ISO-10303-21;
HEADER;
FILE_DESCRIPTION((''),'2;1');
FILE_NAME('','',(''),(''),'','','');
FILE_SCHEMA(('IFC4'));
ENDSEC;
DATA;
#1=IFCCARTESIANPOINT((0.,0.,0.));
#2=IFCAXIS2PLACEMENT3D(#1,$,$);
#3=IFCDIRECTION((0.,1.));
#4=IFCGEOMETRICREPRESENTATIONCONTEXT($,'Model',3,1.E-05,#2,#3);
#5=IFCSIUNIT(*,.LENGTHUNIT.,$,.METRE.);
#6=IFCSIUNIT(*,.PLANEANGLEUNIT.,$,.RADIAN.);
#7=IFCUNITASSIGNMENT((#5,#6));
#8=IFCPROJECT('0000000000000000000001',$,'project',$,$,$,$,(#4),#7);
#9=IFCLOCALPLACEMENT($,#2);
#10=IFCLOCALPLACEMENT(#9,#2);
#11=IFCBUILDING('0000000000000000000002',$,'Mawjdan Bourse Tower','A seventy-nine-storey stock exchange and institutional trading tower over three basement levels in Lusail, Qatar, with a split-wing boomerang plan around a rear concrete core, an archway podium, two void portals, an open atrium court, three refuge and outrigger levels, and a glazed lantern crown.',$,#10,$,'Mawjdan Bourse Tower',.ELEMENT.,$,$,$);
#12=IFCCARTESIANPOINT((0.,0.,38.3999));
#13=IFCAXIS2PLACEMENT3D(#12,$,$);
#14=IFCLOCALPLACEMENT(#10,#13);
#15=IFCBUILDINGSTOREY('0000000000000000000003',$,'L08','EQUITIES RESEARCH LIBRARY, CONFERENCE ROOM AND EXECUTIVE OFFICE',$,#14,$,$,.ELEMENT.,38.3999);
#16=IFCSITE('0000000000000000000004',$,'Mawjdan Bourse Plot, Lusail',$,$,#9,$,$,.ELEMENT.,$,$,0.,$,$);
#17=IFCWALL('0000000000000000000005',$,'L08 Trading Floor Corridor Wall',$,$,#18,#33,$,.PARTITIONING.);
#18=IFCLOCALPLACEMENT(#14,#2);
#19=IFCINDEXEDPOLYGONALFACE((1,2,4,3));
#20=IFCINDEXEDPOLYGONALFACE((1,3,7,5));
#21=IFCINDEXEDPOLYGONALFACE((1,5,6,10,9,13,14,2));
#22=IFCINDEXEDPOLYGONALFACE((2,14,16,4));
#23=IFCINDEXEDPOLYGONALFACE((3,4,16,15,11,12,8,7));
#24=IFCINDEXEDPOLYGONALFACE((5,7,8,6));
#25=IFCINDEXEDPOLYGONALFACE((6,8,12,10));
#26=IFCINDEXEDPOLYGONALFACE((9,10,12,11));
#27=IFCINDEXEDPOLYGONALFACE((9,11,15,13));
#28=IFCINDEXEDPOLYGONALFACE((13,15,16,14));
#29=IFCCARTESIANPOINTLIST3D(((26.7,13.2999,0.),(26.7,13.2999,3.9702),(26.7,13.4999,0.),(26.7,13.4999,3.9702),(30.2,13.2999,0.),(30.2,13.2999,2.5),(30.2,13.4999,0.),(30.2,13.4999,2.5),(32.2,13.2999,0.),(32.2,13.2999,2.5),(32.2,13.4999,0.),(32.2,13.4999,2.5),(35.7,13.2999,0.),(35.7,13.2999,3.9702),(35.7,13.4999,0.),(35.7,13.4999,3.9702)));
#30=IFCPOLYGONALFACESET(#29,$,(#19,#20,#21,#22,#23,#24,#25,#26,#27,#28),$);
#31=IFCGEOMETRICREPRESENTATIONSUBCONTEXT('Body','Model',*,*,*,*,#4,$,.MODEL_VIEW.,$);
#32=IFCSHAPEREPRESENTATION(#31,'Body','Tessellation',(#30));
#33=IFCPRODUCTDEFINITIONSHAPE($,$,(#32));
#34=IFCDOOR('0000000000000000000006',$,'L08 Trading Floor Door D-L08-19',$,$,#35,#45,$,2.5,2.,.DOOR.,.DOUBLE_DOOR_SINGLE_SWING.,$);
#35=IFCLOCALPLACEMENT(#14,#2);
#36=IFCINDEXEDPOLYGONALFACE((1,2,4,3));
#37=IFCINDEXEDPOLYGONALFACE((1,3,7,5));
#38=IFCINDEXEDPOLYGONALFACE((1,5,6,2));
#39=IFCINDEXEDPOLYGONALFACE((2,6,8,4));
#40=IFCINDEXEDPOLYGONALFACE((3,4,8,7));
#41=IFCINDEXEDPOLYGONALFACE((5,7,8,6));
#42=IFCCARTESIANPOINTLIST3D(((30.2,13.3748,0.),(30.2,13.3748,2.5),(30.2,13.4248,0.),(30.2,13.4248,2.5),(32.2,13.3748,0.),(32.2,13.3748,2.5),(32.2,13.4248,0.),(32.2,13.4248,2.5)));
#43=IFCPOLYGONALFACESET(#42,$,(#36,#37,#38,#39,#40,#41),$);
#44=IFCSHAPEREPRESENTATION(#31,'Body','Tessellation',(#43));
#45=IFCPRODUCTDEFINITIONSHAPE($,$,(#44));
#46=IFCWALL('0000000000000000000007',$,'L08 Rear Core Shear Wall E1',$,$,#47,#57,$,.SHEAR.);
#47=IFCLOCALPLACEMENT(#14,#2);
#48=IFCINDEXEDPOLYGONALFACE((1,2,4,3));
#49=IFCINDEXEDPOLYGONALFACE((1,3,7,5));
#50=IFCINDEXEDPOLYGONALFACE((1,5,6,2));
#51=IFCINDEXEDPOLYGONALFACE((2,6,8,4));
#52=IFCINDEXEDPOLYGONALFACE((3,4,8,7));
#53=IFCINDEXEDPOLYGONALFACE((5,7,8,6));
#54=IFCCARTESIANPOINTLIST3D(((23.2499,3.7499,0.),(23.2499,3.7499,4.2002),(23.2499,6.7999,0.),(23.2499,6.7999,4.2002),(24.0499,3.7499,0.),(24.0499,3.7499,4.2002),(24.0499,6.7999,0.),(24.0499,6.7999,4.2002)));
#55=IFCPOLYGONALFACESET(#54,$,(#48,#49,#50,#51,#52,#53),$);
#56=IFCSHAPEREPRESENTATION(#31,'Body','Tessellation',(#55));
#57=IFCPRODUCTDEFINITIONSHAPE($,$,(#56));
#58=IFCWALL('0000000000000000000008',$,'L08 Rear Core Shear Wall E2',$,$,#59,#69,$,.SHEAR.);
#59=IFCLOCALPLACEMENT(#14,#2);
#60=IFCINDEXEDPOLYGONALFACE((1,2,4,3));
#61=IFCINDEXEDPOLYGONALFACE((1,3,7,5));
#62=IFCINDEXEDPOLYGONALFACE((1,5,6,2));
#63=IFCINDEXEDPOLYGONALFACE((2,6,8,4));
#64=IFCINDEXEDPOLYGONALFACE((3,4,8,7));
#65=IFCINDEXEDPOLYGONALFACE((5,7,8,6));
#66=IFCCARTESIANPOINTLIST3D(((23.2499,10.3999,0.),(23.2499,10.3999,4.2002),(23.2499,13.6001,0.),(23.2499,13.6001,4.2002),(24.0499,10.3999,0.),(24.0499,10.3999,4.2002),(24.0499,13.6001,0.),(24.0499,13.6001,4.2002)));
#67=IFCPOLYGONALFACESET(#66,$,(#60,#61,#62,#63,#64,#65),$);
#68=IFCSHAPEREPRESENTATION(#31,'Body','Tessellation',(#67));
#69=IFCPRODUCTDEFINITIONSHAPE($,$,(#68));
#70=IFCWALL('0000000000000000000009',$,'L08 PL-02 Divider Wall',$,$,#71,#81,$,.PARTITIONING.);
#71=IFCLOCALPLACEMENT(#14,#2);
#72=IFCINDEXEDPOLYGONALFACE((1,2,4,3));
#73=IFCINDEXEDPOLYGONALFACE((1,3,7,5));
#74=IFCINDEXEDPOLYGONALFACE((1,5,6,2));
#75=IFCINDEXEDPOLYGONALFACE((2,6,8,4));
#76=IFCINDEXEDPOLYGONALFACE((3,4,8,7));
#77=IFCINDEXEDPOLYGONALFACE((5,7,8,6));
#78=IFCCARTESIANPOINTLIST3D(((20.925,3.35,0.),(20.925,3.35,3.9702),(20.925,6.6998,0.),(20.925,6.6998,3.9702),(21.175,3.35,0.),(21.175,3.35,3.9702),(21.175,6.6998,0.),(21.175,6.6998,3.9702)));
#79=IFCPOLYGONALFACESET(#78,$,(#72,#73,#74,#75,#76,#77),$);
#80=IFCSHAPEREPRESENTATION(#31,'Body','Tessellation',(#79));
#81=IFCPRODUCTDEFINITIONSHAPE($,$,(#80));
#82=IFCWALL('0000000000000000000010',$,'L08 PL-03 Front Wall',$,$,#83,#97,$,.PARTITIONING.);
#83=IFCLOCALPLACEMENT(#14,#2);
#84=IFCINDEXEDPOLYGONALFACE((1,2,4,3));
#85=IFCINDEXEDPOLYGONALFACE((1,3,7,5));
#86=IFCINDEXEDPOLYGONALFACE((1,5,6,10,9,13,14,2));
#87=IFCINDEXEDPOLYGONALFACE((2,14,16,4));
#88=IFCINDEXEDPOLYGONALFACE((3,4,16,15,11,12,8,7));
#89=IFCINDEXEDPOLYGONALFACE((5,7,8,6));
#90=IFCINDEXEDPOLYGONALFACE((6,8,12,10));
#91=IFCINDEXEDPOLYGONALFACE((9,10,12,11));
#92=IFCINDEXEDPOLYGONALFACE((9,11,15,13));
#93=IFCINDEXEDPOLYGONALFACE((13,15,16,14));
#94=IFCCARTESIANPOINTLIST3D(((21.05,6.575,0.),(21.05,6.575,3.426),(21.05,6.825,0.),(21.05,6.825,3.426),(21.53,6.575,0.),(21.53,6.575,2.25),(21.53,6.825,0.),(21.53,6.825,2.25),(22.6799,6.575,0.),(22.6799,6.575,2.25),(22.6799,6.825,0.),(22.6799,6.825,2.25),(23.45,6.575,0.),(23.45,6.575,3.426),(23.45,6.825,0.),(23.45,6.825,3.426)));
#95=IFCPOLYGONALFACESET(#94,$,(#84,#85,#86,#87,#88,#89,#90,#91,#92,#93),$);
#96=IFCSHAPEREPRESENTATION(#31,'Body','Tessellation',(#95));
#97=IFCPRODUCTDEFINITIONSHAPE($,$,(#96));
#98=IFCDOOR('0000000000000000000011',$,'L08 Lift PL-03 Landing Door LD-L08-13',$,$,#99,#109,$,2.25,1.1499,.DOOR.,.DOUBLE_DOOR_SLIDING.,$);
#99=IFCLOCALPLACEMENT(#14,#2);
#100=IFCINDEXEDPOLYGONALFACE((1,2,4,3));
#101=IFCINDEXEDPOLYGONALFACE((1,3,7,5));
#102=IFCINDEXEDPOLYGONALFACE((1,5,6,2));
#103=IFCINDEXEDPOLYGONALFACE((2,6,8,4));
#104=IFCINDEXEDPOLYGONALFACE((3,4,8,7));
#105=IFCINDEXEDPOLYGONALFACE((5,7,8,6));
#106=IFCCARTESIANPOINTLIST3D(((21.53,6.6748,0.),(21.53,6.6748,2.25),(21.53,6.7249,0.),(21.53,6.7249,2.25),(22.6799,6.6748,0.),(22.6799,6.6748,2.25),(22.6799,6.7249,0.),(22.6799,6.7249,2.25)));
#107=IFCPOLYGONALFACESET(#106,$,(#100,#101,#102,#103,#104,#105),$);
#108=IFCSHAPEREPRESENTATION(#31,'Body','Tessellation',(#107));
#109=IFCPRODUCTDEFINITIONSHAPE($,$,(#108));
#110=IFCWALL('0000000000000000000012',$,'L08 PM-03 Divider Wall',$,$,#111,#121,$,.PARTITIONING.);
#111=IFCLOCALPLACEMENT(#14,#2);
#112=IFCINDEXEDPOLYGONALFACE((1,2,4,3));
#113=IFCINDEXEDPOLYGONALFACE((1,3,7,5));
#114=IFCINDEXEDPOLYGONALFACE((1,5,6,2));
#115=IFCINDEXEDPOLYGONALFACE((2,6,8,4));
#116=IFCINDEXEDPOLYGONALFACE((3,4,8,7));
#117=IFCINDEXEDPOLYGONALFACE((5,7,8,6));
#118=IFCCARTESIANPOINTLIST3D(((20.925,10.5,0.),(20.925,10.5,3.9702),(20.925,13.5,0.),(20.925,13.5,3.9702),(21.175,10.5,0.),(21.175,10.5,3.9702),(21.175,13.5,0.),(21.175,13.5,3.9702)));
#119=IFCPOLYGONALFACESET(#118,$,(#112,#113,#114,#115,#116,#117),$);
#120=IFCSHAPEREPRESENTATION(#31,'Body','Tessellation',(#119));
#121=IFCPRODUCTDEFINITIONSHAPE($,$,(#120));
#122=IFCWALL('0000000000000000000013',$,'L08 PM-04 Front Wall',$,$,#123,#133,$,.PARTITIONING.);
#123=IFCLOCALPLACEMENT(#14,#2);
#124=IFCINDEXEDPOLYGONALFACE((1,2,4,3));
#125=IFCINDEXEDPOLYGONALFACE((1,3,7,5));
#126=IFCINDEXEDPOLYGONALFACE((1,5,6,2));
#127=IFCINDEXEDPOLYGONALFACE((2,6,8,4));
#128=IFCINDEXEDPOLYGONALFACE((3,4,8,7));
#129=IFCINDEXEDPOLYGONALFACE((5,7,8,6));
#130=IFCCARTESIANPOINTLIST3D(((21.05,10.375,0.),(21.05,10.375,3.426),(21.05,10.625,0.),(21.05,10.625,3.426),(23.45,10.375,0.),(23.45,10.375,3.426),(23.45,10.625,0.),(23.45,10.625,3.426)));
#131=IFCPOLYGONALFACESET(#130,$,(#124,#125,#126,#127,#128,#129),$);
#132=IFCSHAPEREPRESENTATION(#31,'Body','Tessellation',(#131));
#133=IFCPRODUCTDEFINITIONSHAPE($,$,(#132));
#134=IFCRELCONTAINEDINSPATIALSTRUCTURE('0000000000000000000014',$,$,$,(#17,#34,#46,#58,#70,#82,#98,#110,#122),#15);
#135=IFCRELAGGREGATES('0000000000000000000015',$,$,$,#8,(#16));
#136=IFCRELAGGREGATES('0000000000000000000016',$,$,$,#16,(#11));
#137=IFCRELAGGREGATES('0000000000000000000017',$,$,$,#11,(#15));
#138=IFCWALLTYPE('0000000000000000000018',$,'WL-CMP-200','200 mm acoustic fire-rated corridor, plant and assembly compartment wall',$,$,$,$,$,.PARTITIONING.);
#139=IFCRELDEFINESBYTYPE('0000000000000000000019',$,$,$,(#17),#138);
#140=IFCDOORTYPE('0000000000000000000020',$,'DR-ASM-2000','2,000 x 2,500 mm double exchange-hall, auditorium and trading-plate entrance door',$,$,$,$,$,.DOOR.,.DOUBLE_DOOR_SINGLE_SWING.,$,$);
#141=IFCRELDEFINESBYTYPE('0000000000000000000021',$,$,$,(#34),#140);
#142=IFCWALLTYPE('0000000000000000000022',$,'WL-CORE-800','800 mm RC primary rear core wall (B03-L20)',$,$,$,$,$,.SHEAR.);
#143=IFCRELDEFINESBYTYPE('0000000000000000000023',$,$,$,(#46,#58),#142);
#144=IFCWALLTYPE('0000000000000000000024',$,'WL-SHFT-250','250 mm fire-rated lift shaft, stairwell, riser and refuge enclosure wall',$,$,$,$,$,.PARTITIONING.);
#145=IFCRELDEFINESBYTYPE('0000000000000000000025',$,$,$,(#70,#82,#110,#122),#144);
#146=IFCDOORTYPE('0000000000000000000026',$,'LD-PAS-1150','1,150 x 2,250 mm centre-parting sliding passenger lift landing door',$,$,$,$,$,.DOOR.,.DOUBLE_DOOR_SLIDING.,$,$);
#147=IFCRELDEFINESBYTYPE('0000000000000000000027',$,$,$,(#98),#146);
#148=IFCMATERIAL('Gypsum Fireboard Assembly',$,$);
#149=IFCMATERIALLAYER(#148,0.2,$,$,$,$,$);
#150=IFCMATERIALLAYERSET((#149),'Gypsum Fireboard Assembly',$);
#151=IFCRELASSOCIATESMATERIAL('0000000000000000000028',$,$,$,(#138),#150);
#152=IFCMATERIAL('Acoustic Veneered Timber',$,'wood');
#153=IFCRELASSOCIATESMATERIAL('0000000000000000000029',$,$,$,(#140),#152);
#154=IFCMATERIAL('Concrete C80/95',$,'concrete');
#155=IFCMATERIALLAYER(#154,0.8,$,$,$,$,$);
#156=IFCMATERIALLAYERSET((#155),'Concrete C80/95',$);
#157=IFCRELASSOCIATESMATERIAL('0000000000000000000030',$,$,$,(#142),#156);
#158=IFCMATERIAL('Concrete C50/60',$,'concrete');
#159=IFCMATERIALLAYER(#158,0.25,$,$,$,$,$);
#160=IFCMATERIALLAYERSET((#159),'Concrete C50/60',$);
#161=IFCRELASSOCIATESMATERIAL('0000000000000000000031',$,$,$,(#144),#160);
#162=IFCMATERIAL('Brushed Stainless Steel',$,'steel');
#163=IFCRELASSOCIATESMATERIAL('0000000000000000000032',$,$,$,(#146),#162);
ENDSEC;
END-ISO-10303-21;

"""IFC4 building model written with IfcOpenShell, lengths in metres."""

from ifc_helpers import new_model, si_unit, direction, frame, frame_2d, origin, place, context, subcontext, project, spatial, rectangle, extrude, material, layer, layer_set, type_object, element, fill, save


model = new_model("IFC4")

# Units and contexts
model_context = context("Model", 3, precision=1e-05, world=origin(), true_north=direction((0.0, 1.0)))
body_context = subcontext(model_context, "Body", "Model", "MODEL_VIEW")
ifc_project = project(units=[si_unit("LENGTHUNIT", "METRE"), si_unit("PLANEANGLEUNIT", "RADIAN")], contexts=[model_context])

# Site, building, storey
site_placement = place(None, origin())
site = spatial("IfcSite", under=ifc_project, at=site_placement, Name="Mawjdan Bourse Plot, Lusail", CompositionType="ELEMENT", RefElevation=0.0)
building_placement = place(site_placement, origin())
building = spatial("IfcBuilding", under=site, at=building_placement, Name="Mawjdan Bourse Tower", Description="A seventy-nine-storey stock exchange and institutional trading tower over three basement levels in Lusail, Qatar, with a split-wing boomerang plan around a rear concrete core, an archway podium, two void portals, an open atrium court, three refuge and outrigger levels, and a glazed lantern crown.", LongName="Mawjdan Bourse Tower", CompositionType="ELEMENT")
storey_placement = place(building_placement, frame((0.0, 0.0, 38.3999)))
storey = spatial("IfcBuildingStorey", under=building, at=storey_placement, Name="L08", Description="EQUITIES RESEARCH LIBRARY, CONFERENCE ROOM AND EXECUTIVE OFFICE", CompositionType="ELEMENT", Elevation=38.3999)

# Shared definitions
ifc_material_1 = material(Name="Concrete C80/95", Category="concrete")

# Shared definitions
ifc_material_2 = material(Name="Gypsum Fireboard Assembly")
ifc_layer_1 = layer(ifc_material_2, 0.2)
ifc_layer_set_1 = layer_set([ifc_layer_1], Name="Gypsum Fireboard Assembly")
wall_type_1 = type_object("IfcWallType", Name="WL-CMP-200", Description="200 mm acoustic fire-rated corridor, plant and assembly compartment wall", PredefinedType="PARTITIONING", material=ifc_layer_set_1)

# Wall, opening, door
wall_1_placement = place(storey_placement, frame((26.7, 13.3999, 0.0), z_axis=(0.0, 0.0, 1.0), x_axis=(1.0, 0.0, 0.0)))
wall_1 = element("IfcWall", 1, at=wall_1_placement, inside=storey, type_object=wall_type_1, Name="L08 Trading Floor Corridor Wall", PredefinedType="PARTITIONING", context=body_context, shape_type="SweptSolid", body=[
    extrude(rectangle(XDim=9.0, YDim=0.2, at=frame_2d((4.5, 0.0))), origin(), (0.0, 0.0, 1.0), 3.9702),
])
opening_1_placement = place(wall_1_placement, frame((3.5, 0.0, 0.0)))
opening_1 = element("IfcOpeningElement", 2, at=opening_1_placement, cuts=wall_1, PredefinedType="OPENING", context=body_context, shape_type="SweptSolid", body=[
    extrude(rectangle(XDim=2.0, YDim=2.5, at=frame_2d((1.0, 1.25))), frame((0.0, 0.1099, 0.0), z_axis=(0.0, -1.0, 0.0), x_axis=(1.0, 0.0, 0.0)), (0.0, 0.0, 1.0), 0.22),
])
ifc_material_3 = material(Name="Acoustic Veneered Timber", Category="wood")
door_type_1 = type_object("IfcDoorType", Name="DR-ASM-2000", Description="2,000 x 2,500 mm double exchange-hall, auditorium and trading-plate entrance door", OperationType="DOUBLE_DOOR_SINGLE_SWING", PredefinedType="DOOR", material=ifc_material_3)
door_1_placement = place(opening_1_placement, origin())
door_1 = element("IfcDoor", 3, at=door_1_placement, inside=storey, type_object=door_type_1, Name="L08 Trading Floor Door D-L08-19", OperationType="DOUBLE_DOOR_SINGLE_SWING", OverallHeight=2.5, OverallWidth=2.0, PredefinedType="DOOR", context=body_context, shape_type="SweptSolid", body=[
    extrude(rectangle(XDim=2.0, YDim=2.5, at=frame_2d((1.0, 1.25))), frame((0.0, 0.0249, 0.0), z_axis=(0.0, -1.0, 0.0), x_axis=(1.0, 0.0, 0.0)), (0.0, 0.0, 1.0), 0.05),
])
fill(opening_1, door_1)

# Walls
ifc_layer_2 = layer(ifc_material_1, 0.8)
ifc_layer_set_2 = layer_set([ifc_layer_2], Name="Concrete C80/95")
wall_type_2 = type_object("IfcWallType", Name="WL-CORE-800", Description="800 mm RC primary rear core wall (B03-L20)", PredefinedType="SHEAR", material=ifc_layer_set_2)
wall_2_placement = place(storey_placement, frame((23.6499, 3.75, 0.0), z_axis=(0.0, 0.0, 1.0), x_axis=(0.0, 1.0, 0.0)))
element("IfcWall", 4, at=wall_2_placement, inside=storey, type_object=wall_type_2, Name="L08 Rear Core Shear Wall E1", PredefinedType="SHEAR", context=body_context, shape_type="SweptSolid", body=[
    extrude(rectangle(XDim=3.05, YDim=0.8, at=frame_2d((1.5249, 0.0))), origin(), (0.0, 0.0, 1.0), 4.2002),
])
wall_3_placement = place(storey_placement, frame((23.6499, 10.3999, 0.0), z_axis=(0.0, 0.0, 1.0), x_axis=(0.0, 1.0, 0.0)))
element("IfcWall", 5, at=wall_3_placement, inside=storey, type_object=wall_type_2, Name="L08 Rear Core Shear Wall E2", PredefinedType="SHEAR", context=body_context, shape_type="SweptSolid", body=[
    extrude(rectangle(XDim=3.2002, YDim=0.8, at=frame_2d((1.6001, 0.0))), origin(), (0.0, 0.0, 1.0), 4.2002),
])
ifc_material_4 = material(Name="Concrete C50/60", Category="concrete")
ifc_layer_3 = layer(ifc_material_4, 0.25)
ifc_layer_set_3 = layer_set([ifc_layer_3], Name="Concrete C50/60")
wall_type_3 = type_object("IfcWallType", Name="WL-SHFT-250", Description="250 mm fire-rated lift shaft, stairwell, riser and refuge enclosure wall", PredefinedType="PARTITIONING", material=ifc_layer_set_3)
wall_4_placement = place(storey_placement, frame((21.05, 3.3501, 0.0), z_axis=(0.0, 0.0, 1.0), x_axis=(0.0, 1.0, 0.0)))
element("IfcWall", 6, at=wall_4_placement, inside=storey, type_object=wall_type_3, Name="L08 PL-02 Divider Wall", PredefinedType="PARTITIONING", context=body_context, shape_type="SweptSolid", body=[
    extrude(rectangle(XDim=3.3499, YDim=0.25, at=frame_2d((1.6748, 0.0))), origin(), (0.0, 0.0, 1.0), 3.9702),
])

# Wall, opening, door
wall_5_placement = place(storey_placement, frame((21.05, 6.7, 0.0), z_axis=(0.0, 0.0, 1.0), x_axis=(1.0, 0.0, 0.0)))
wall_5 = element("IfcWall", 7, at=wall_5_placement, inside=storey, type_object=wall_type_3, Name="L08 PL-03 Front Wall", PredefinedType="PARTITIONING", context=body_context, shape_type="SweptSolid", body=[
    extrude(rectangle(XDim=2.3999, YDim=0.25, at=frame_2d((1.2, 0.0))), origin(), (0.0, 0.0, 1.0), 3.426),
])
opening_2_placement = place(wall_5_placement, frame((0.48, 0.0, 0.0)))
opening_2 = element("IfcOpeningElement", 8, at=opening_2_placement, cuts=wall_5, PredefinedType="OPENING", context=body_context, shape_type="SweptSolid", body=[
    extrude(rectangle(XDim=1.1499, YDim=2.25, at=frame_2d((0.575, 1.125))), frame((0.0, 0.135, 0.0), z_axis=(0.0, -1.0, 0.0), x_axis=(1.0, 0.0, 0.0)), (0.0, 0.0, 1.0), 0.27),
])
ifc_material_5 = material(Name="Brushed Stainless Steel", Category="steel")
door_type_2 = type_object("IfcDoorType", Name="LD-PAS-1150", Description="1,150 x 2,250 mm centre-parting sliding passenger lift landing door", OperationType="DOUBLE_DOOR_SLIDING", PredefinedType="DOOR", material=ifc_material_5)
door_2_placement = place(opening_2_placement, origin())
door_2 = element("IfcDoor", 9, at=door_2_placement, inside=storey, type_object=door_type_2, Name="L08 Lift PL-03 Landing Door LD-L08-13", OperationType="DOUBLE_DOOR_SLIDING", OverallHeight=2.25, OverallWidth=1.1499, PredefinedType="DOOR", context=body_context, shape_type="SweptSolid", body=[
    extrude(rectangle(XDim=1.1499, YDim=2.25, at=frame_2d((0.575, 1.125))), frame((0.0, 0.0249, 0.0), z_axis=(0.0, -1.0, 0.0), x_axis=(1.0, 0.0, 0.0)), (0.0, 0.0, 1.0), 0.05),
])
fill(opening_2, door_2)

# Walls
wall_6_placement = place(storey_placement, frame((21.05, 10.5, 0.0), z_axis=(0.0, 0.0, 1.0), x_axis=(0.0, 1.0, 0.0)))
element("IfcWall", 10, at=wall_6_placement, inside=storey, type_object=wall_type_3, Name="L08 PM-03 Divider Wall", PredefinedType="PARTITIONING", context=body_context, shape_type="SweptSolid", body=[
    extrude(rectangle(XDim=3.0, YDim=0.25, at=frame_2d((1.5, 0.0))), origin(), (0.0, 0.0, 1.0), 3.9702),
])
wall_7_placement = place(storey_placement, frame((21.05, 10.5, 0.0), z_axis=(0.0, 0.0, 1.0), x_axis=(1.0, 0.0, 0.0)))
element("IfcWall", 11, at=wall_7_placement, inside=storey, type_object=wall_type_3, Name="L08 PM-04 Front Wall", PredefinedType="PARTITIONING", context=body_context, shape_type="SweptSolid", body=[
    extrude(rectangle(XDim=2.3999, YDim=0.25, at=frame_2d((1.2, 0.0))), origin(), (0.0, 0.0, 1.0), 3.426),
])

save(model, "model.ifc")
